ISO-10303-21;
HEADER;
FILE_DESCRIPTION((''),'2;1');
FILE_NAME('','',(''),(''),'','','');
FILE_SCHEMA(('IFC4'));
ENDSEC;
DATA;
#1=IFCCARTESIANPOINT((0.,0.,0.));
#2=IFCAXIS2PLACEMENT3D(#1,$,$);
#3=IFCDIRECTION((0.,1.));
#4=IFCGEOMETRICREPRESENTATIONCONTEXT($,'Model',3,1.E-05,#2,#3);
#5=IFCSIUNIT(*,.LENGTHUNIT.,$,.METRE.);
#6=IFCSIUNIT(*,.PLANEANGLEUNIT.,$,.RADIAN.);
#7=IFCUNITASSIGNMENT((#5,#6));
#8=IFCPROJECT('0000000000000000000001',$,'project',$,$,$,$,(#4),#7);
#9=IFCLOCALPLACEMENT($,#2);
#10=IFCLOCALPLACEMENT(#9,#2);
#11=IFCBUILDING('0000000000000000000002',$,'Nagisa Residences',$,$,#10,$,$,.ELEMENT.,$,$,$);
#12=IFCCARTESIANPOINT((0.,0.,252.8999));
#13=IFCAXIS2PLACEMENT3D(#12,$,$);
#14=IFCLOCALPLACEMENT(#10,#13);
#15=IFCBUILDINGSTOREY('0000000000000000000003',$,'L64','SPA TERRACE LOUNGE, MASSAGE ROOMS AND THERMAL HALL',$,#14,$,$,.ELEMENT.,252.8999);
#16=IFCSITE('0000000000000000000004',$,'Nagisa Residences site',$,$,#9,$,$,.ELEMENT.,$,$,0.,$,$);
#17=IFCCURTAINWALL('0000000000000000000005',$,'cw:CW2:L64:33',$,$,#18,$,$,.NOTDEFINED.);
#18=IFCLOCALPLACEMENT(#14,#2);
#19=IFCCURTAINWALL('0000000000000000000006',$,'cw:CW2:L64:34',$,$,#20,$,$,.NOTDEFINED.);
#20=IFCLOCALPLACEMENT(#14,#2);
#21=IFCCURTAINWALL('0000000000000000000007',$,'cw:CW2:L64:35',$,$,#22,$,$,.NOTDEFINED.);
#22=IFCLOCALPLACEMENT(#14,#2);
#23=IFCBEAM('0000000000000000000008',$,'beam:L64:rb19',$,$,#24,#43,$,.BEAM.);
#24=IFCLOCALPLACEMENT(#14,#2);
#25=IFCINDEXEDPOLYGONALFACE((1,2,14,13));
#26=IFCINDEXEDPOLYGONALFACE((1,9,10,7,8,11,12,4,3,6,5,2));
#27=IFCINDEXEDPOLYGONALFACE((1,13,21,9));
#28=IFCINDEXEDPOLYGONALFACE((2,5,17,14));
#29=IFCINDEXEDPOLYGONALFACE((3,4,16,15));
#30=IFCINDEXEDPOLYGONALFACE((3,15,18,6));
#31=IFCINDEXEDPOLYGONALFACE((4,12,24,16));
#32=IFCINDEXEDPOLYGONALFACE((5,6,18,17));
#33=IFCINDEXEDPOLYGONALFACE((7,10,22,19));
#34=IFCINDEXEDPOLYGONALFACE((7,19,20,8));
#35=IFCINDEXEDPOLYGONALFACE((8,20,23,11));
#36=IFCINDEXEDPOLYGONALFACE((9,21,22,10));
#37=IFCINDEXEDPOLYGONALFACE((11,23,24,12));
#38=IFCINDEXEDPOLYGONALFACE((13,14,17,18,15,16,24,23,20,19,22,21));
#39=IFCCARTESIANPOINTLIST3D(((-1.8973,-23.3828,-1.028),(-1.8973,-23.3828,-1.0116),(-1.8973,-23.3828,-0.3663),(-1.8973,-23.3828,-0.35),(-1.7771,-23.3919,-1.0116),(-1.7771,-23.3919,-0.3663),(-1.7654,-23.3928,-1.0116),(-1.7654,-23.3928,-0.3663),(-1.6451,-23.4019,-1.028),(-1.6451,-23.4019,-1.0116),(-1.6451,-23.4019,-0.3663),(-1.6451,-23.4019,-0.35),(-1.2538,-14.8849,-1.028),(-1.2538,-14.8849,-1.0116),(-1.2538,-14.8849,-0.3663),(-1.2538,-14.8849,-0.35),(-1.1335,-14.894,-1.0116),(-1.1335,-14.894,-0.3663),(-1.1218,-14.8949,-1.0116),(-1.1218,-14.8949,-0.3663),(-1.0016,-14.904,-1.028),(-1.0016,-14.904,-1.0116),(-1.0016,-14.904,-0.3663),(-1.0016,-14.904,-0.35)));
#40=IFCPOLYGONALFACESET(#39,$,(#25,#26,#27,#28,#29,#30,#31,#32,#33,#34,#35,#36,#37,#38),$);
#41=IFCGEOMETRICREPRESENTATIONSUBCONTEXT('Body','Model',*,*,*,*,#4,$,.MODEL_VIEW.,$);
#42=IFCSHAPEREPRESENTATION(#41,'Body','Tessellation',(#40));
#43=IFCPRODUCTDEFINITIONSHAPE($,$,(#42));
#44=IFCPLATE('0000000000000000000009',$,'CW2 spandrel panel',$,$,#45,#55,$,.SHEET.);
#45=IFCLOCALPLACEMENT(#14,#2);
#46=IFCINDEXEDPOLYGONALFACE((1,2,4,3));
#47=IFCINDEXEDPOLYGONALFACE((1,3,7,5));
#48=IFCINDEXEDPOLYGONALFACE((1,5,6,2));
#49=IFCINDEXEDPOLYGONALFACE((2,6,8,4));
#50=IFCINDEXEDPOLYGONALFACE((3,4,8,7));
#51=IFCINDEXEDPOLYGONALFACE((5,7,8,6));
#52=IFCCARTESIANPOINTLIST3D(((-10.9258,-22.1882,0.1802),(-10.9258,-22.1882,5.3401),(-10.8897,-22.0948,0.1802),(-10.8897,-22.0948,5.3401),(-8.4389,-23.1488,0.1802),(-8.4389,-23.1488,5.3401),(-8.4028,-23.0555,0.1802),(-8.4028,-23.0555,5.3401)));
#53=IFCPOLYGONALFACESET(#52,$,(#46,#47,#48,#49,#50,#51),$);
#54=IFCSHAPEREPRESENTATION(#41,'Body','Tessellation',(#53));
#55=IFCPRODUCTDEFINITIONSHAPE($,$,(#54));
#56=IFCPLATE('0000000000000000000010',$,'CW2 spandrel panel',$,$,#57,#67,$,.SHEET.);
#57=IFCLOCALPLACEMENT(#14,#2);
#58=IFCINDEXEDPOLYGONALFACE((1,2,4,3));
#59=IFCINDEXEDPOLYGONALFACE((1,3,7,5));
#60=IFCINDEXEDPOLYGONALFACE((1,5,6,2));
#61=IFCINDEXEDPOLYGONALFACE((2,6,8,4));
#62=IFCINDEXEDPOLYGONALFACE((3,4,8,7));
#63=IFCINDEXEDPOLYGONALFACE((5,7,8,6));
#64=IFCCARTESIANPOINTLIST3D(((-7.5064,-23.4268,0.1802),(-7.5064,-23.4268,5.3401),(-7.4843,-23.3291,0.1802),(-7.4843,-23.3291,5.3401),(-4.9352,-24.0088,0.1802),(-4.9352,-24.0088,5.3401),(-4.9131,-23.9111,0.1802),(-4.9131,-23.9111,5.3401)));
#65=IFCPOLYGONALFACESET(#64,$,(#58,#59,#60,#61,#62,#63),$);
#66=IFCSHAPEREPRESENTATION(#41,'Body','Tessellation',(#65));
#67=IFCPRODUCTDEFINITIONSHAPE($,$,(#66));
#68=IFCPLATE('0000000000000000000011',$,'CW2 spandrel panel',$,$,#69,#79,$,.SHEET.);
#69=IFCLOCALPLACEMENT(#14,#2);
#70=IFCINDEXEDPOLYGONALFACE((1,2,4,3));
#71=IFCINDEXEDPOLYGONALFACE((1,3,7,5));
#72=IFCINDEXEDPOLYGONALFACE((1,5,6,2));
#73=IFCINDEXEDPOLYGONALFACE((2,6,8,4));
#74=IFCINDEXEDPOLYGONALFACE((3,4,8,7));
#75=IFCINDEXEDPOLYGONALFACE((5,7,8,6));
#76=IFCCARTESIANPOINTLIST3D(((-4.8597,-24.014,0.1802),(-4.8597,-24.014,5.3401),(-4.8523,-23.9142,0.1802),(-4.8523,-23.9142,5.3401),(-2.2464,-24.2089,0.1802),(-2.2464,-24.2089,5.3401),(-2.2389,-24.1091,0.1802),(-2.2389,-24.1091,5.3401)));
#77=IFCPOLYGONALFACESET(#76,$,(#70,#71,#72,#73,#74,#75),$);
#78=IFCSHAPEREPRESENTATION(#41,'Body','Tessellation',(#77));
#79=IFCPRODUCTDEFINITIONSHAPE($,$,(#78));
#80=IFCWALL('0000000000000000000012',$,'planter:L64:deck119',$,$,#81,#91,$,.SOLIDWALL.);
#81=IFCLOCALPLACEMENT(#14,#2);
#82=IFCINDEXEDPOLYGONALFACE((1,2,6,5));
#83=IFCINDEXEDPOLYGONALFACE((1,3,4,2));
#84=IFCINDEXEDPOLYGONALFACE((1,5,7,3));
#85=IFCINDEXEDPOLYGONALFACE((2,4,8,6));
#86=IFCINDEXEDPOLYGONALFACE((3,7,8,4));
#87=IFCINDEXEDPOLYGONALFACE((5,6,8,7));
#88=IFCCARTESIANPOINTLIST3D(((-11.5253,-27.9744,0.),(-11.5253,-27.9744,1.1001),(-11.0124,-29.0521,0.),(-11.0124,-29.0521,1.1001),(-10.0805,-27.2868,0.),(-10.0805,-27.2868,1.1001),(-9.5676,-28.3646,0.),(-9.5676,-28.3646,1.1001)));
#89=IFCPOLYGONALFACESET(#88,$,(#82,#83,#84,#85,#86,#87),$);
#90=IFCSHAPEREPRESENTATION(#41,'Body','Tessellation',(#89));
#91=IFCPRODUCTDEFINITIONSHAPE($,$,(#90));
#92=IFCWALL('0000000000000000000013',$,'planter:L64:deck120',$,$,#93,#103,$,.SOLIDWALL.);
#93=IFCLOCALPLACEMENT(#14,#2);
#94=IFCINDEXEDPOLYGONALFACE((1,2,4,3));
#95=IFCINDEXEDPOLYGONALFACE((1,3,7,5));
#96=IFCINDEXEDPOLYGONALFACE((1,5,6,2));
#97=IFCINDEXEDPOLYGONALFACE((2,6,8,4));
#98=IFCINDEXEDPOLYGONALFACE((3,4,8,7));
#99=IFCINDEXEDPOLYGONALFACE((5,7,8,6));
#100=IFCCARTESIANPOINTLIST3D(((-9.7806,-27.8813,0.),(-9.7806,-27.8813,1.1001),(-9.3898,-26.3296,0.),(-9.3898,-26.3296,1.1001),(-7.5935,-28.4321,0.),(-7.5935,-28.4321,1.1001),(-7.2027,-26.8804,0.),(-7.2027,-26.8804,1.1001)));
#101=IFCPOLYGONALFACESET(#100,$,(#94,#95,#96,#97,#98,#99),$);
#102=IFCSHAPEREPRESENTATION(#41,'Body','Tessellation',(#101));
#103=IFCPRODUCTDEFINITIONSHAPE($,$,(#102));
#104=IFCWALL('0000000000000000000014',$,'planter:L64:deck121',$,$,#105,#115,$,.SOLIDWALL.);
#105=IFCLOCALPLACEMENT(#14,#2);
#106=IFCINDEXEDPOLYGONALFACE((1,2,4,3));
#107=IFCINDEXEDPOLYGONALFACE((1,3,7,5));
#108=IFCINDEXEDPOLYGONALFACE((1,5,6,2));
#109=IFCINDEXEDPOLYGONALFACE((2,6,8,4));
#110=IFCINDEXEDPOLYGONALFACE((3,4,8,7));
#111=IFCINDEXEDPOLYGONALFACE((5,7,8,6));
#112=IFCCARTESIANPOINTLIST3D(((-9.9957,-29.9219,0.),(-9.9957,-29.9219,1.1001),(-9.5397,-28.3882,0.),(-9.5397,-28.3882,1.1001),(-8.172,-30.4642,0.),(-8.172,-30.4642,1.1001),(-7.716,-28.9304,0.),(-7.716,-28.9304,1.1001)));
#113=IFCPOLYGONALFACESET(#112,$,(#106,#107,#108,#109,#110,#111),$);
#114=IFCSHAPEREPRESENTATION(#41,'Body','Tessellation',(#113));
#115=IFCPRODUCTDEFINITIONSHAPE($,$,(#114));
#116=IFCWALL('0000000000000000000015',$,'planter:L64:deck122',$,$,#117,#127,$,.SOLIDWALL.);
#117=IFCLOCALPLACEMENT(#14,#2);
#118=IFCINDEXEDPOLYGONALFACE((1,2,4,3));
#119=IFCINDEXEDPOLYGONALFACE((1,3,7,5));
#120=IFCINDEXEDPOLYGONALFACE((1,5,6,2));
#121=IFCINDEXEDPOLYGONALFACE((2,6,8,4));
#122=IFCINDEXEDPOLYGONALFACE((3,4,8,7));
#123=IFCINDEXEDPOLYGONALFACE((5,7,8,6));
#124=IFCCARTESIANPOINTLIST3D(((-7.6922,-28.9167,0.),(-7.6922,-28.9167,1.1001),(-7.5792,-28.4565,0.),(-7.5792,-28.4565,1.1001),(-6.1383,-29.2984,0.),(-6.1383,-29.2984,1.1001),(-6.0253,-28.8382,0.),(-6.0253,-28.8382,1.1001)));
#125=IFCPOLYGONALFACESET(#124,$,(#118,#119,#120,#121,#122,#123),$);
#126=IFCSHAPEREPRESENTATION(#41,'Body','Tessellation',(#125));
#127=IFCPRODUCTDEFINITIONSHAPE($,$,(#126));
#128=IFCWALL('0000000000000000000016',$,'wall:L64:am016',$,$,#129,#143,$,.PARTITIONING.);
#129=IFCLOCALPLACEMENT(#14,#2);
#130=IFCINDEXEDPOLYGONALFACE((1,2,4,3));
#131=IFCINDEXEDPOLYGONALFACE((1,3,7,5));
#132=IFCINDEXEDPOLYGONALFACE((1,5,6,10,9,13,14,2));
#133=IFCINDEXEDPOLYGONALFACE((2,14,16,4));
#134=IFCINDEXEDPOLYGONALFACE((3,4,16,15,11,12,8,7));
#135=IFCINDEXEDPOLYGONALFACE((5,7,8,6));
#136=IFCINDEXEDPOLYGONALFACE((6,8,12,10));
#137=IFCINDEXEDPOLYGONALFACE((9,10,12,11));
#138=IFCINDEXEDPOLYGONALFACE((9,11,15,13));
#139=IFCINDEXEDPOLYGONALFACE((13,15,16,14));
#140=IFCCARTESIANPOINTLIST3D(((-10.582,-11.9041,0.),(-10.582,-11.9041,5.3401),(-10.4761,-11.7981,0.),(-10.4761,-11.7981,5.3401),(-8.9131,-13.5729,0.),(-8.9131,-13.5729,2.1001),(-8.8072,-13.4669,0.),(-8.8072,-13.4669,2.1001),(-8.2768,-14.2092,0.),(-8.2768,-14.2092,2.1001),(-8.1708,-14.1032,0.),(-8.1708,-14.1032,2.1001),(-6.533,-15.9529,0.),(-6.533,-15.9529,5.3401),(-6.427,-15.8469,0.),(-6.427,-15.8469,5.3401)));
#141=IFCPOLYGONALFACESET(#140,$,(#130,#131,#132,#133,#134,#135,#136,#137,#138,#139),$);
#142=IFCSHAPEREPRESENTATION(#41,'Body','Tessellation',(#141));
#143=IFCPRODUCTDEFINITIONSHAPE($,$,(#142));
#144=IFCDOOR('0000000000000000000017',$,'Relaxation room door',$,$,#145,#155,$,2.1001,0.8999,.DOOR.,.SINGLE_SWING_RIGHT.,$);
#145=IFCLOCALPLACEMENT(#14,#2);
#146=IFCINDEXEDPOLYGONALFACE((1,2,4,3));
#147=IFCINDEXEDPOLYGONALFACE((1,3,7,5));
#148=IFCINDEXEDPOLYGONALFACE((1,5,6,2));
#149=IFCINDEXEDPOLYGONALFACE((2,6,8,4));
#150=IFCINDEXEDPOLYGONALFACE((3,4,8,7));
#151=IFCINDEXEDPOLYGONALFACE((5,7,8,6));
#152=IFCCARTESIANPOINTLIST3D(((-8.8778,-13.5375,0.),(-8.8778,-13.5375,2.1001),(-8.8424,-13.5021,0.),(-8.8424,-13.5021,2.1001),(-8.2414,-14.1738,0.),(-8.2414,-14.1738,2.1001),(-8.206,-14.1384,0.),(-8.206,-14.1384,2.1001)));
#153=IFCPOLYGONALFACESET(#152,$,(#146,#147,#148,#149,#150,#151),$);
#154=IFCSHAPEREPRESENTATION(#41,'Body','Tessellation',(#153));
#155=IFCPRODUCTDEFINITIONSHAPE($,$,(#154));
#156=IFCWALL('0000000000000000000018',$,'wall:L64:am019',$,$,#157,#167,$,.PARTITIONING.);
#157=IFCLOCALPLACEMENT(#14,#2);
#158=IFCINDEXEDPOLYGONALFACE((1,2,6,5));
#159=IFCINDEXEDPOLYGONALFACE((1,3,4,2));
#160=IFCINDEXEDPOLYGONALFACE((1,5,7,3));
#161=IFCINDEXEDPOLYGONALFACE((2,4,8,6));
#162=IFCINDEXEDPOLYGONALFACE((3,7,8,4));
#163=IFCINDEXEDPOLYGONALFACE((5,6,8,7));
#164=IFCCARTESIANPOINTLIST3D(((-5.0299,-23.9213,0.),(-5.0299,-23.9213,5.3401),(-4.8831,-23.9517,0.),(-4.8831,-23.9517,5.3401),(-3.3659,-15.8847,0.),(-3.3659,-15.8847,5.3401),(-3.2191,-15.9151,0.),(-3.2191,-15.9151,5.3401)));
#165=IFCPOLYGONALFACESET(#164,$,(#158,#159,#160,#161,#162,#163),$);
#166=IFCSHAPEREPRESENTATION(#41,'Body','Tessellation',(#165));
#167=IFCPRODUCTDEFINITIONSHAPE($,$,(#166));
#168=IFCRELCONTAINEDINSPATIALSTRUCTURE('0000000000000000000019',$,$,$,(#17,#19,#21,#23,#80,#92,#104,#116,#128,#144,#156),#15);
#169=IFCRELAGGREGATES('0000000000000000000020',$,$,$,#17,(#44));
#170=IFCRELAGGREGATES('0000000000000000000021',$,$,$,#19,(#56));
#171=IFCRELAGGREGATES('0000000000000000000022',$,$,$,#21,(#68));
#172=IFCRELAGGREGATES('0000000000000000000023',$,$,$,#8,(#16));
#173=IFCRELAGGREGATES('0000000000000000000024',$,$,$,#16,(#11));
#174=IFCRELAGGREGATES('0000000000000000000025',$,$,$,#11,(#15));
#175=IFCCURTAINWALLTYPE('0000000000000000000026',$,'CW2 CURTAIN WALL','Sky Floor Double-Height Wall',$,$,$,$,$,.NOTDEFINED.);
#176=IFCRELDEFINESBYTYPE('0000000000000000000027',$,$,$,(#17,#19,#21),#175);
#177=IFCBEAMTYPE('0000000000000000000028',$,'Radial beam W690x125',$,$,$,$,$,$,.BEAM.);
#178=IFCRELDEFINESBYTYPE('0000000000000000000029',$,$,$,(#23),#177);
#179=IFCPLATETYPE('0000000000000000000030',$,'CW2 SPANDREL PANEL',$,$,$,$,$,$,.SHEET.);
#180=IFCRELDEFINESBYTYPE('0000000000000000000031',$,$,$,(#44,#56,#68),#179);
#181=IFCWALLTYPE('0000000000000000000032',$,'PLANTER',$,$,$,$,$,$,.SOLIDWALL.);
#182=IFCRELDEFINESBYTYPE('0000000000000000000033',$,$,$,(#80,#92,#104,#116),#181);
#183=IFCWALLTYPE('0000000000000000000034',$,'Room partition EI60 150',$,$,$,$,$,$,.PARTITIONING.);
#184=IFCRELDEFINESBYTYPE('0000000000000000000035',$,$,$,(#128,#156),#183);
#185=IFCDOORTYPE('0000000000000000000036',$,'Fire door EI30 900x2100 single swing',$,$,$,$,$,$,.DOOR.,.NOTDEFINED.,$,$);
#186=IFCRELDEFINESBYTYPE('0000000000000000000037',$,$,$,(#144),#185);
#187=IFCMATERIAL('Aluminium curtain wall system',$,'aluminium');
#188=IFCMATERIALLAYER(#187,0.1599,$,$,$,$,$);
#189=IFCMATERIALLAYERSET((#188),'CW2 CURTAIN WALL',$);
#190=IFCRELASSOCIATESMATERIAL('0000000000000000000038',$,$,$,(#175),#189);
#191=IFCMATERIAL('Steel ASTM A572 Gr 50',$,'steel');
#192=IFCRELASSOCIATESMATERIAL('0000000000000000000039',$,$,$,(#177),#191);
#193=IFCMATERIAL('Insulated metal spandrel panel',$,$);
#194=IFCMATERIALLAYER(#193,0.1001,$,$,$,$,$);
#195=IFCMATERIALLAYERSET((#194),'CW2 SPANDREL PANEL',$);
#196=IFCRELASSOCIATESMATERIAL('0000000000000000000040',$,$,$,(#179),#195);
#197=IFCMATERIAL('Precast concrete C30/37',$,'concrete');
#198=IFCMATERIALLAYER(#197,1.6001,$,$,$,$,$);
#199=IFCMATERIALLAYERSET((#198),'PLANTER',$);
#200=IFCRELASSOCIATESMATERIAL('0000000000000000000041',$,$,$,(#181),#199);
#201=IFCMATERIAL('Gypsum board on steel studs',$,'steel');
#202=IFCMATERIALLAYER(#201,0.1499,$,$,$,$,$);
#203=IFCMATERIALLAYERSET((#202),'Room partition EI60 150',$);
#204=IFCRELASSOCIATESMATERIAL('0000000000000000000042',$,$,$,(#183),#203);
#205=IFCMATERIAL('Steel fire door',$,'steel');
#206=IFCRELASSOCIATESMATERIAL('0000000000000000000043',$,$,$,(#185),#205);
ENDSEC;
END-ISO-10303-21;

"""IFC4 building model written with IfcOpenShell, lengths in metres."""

from ifc_helpers import new_model, si_unit, direction, frame, frame_2d, origin, origin_2d, place, context, subcontext, project, spatial, rectangle, i_section, extrude, material, layer, layer_set, material_profile, profile_set, type_object, element, fill, aggregate, save


model = new_model("IFC4")

# Units and contexts
model_context = context("Model", 3, precision=1e-05, world=origin(), true_north=direction((0.0, 1.0)))
body_context = subcontext(model_context, "Body", "Model", "MODEL_VIEW")
ifc_project = project(units=[si_unit("LENGTHUNIT", "METRE"), si_unit("PLANEANGLEUNIT", "RADIAN")], contexts=[model_context])

# Site, building, storey
site_placement = place(None, origin())
site = spatial("IfcSite", under=ifc_project, at=site_placement, Name="Nagisa Residences site", CompositionType="ELEMENT", RefElevation=0.0)
building_placement = place(site_placement, origin())
building = spatial("IfcBuilding", under=site, at=building_placement, Name="Nagisa Residences", CompositionType="ELEMENT")
storey_placement = place(building_placement, frame((0.0, 0.0, 252.8999)))
storey = spatial("IfcBuildingStorey", under=building, at=storey_placement, Name="L64", Description="SPA TERRACE LOUNGE, MASSAGE ROOMS AND THERMAL HALL", CompositionType="ELEMENT", Elevation=252.8999)

# Curtain walls
ifc_material_1 = material(Name="Aluminium curtain wall system", Category="aluminium")
ifc_layer_1 = layer(ifc_material_1, 0.1599)
ifc_layer_set_1 = layer_set([ifc_layer_1], Name="CW2 CURTAIN WALL")
curtain_wall_type = type_object("IfcCurtainWallType", Name="CW2 CURTAIN WALL", Description="Sky Floor Double-Height Wall", PredefinedType="NOTDEFINED", material=ifc_layer_set_1)
curtain_wall_1_placement = place(storey_placement, origin())
curtain_wall_1 = element("IfcCurtainWall", 1, at=curtain_wall_1_placement, inside=storey, type_object=curtain_wall_type, Name="cw:CW2:L64:33", PredefinedType="NOTDEFINED")
curtain_wall_2_placement = place(storey_placement, origin())
curtain_wall_2 = element("IfcCurtainWall", 2, at=curtain_wall_2_placement, inside=storey, type_object=curtain_wall_type, Name="cw:CW2:L64:34", PredefinedType="NOTDEFINED")
curtain_wall_3_placement = place(storey_placement, origin())
curtain_wall_3 = element("IfcCurtainWall", 3, at=curtain_wall_3_placement, inside=storey, type_object=curtain_wall_type, Name="cw:CW2:L64:35", PredefinedType="NOTDEFINED")

# Beam
ifc_material_2 = material(Name="Steel ASTM A572 Gr 50", Category="steel")
ifc_material_profile_1 = material_profile(ifc_material_2, i_section(OverallWidth=0.2529, OverallDepth=0.678, WebThickness=0.0117, FlangeThickness=0.0164, at=origin_2d()), Name="W690x125")
ifc_profile_set_1 = profile_set([ifc_material_profile_1], Name="Steel ASTM A572 Gr 50")
beam_type_1 = type_object("IfcBeamType", Name="Radial beam W690x125", PredefinedType="BEAM", material=ifc_profile_set_1)
beam_1_placement = place(storey_placement, frame((-1.7712, -23.3923, -0.689), z_axis=(0.075516, 0.997145, 0.0), x_axis=(-0.997145, 0.075516, 0.0)))
element("IfcBeam", 4, at=beam_1_placement, inside=storey, type_object=beam_type_1, Name="beam:L64:rb19", PredefinedType="BEAM", context=body_context, shape_type="SweptSolid", body=[
    extrude(i_section(OverallWidth=0.2529, OverallDepth=0.678, WebThickness=0.0117, FlangeThickness=0.0164, at=origin_2d()), origin(), (0.0, 0.0, 1.0), 8.5222),
])

# Plates
ifc_material_3 = material(Name="Insulated metal spandrel panel")
ifc_layer_2 = layer(ifc_material_3, 0.1001)
ifc_layer_set_2 = layer_set([ifc_layer_2], Name="CW2 SPANDREL PANEL")
plate_type = type_object("IfcPlateType", Name="CW2 SPANDREL PANEL", PredefinedType="SHEET", material=ifc_layer_set_2)
plate_1_placement = place(storey_placement, frame((-9.6643, -22.6218, 0.1802), z_axis=(0.0, 0.0, 1.0), x_axis=(0.932826, -0.360328, 0.0)))
plate_1 = element("IfcPlate", 5, at=plate_1_placement, type_object=plate_type, Name="CW2 spandrel panel", PredefinedType="SHEET", context=body_context, shape_type="SweptSolid", body=[
    extrude(rectangle(XDim=2.666, YDim=0.1001, at=origin_2d()), origin(), (0.0, 0.0, 1.0), 5.1599),
])
aggregate(curtain_wall_1, [plate_1])
plate_2_placement = place(storey_placement, frame((-6.2097, -23.6689, 0.1802), z_axis=(0.0, 0.0, 1.0), x_axis=(0.975327, -0.220764, 0.0)))
plate_2 = element("IfcPlate", 6, at=plate_2_placement, type_object=plate_type, Name="CW2 spandrel panel", PredefinedType="SHEET", context=body_context, shape_type="SweptSolid", body=[
    extrude(rectangle(XDim=2.6362, YDim=0.1001, at=origin_2d()), origin(), (0.0, 0.0, 1.0), 5.1599),
])
aggregate(curtain_wall_2, [plate_2])
plate_3_placement = place(storey_placement, frame((-3.5493, -24.0615, 0.1802), z_axis=(0.0, 0.0, 1.0), x_axis=(0.99723, -0.074377, 0.0)))
plate_3 = element("IfcPlate", 7, at=plate_3_placement, type_object=plate_type, Name="CW2 spandrel panel", PredefinedType="SHEET", context=body_context, shape_type="SweptSolid", body=[
    extrude(rectangle(XDim=2.6206, YDim=0.1001, at=origin_2d()), origin(), (0.0, 0.0, 1.0), 5.1599),
])
aggregate(curtain_wall_3, [plate_3])

# Walls
ifc_material_4 = material(Name="Precast concrete C30/37", Category="concrete")
ifc_layer_3 = layer(ifc_material_4, 1.6001)
ifc_layer_set_3 = layer_set([ifc_layer_3], Name="PLANTER")
wall_type_1 = type_object("IfcWallType", Name="PLANTER", PredefinedType="SOLIDWALL", material=ifc_layer_set_3)
wall_1_placement = place(storey_placement, frame((-10.29, -28.7083, 0.0), z_axis=(0.0, 0.0, 1.0), x_axis=(-0.429703, 0.90297, 0.0)))
element("IfcWall", 8, at=wall_1_placement, inside=storey, type_object=wall_type_1, Name="planter:L64:deck119", PredefinedType="SOLIDWALL", context=body_context, shape_type="SweptSolid", body=[
    extrude(rectangle(XDim=1.1936, YDim=1.6001, at=frame_2d((0.5967, 0.0))), origin(), (0.0, 0.0, 1.0), 1.1001),
])
wall_2_placement = place(storey_placement, frame((-9.5852, -27.1055, 0.0), z_axis=(0.0, 0.0, 1.0), x_axis=(0.969721, -0.244216, 0.0)))
element("IfcWall", 9, at=wall_2_placement, inside=storey, type_object=wall_type_1, Name="planter:L64:deck120", PredefinedType="SOLIDWALL", context=body_context, shape_type="SweptSolid", body=[
    extrude(rectangle(XDim=2.2554, YDim=1.6001, at=frame_2d((1.1277, 0.0))), origin(), (0.0, 0.0, 1.0), 1.1001),
])
wall_3_placement = place(storey_placement, frame((-7.9441, -29.6973, 0.0), z_axis=(0.0, 0.0, 1.0), x_axis=(-0.95853, 0.284993, 0.0)))
element("IfcWall", 10, at=wall_3_placement, inside=storey, type_object=wall_type_1, Name="planter:L64:deck121", PredefinedType="SOLIDWALL", context=body_context, shape_type="SweptSolid", body=[
    extrude(rectangle(XDim=1.9026, YDim=1.6001, at=frame_2d((0.9512, 0.0))), origin(), (0.0, 0.0, 1.0), 1.1001),
])
wall_4_placement = place(storey_placement, frame((-6.8022, -28.6475, 0.0), z_axis=(0.0, 0.0, 1.0), x_axis=(-0.238533, -0.971134, 0.0)))
element("IfcWall", 11, at=wall_4_placement, inside=storey, type_object=wall_type_1, Name="planter:L64:deck122", PredefinedType="SOLIDWALL", context=body_context, shape_type="SweptSolid", body=[
    extrude(rectangle(XDim=0.4739, YDim=1.6001, at=frame_2d((0.2368, 0.0))), origin(), (0.0, 0.0, 1.0), 1.1001),
])

# Wall, opening, door
ifc_material_5 = material(Name="Gypsum board on steel studs", Category="steel")
ifc_layer_4 = layer(ifc_material_5, 0.1499)
ifc_layer_set_4 = layer_set([ifc_layer_4], Name="Room partition EI60 150")
wall_type_2 = type_object("IfcWallType", Name="Room partition EI60 150", PredefinedType="PARTITIONING", material=ifc_layer_set_4)
wall_5_placement = place(storey_placement, frame((-6.48, -15.8999, 0.0), z_axis=(0.0, 0.0, 1.0), x_axis=(-0.707128, 0.707085, 0.0)))
wall_5 = element("IfcWall", 12, at=wall_5_placement, inside=storey, type_object=wall_type_2, Name="wall:L64:am016", PredefinedType="PARTITIONING", context=body_context, shape_type="SweptSolid", body=[
    extrude(rectangle(XDim=5.7261, YDim=0.1499, at=frame_2d((2.863, 0.0))), origin(), (0.0, 0.0, 1.0), 5.3401),
])
opening_placement = place(wall_5_placement, frame((2.4661, 0.0, 0.0)))
opening = element("IfcOpeningElement", 13, at=opening_placement, cuts=wall_5, PredefinedType="OPENING", context=body_context, shape_type="SweptSolid", body=[
    extrude(rectangle(XDim=0.8999, YDim=2.1001, at=frame_2d((0.45, 1.05))), frame((0.0, 0.085, 0.0), z_axis=(0.0, -1.0, 0.0), x_axis=(1.0, 0.0, 0.0)), (0.0, 0.0, 1.0), 0.1699),
])
ifc_material_6 = material(Name="Steel fire door", Category="steel")
door_type = type_object("IfcDoorType", Name="Fire door EI30 900x2100 single swing", OperationType="NOTDEFINED", PredefinedType="DOOR", material=ifc_material_6)
door_placement = place(opening_placement, origin())
door = element("IfcDoor", 14, at=door_placement, inside=storey, type_object=door_type, Name="Relaxation room door", OperationType="SINGLE_SWING_RIGHT", OverallHeight=2.1001, OverallWidth=0.8999, PredefinedType="DOOR", context=body_context, shape_type="SweptSolid", body=[
    extrude(rectangle(XDim=0.8999, YDim=2.1001, at=frame_2d((0.45, 1.05))), frame((0.0, 0.0249, 0.0), z_axis=(0.0, -1.0, 0.0), x_axis=(1.0, 0.0, 0.0)), (0.0, 0.0, 1.0), 0.05),
])
fill(opening, door)

# Wall
wall_6_placement = place(storey_placement, frame((-3.2925, -15.8999, 0.0), z_axis=(0.0, 0.0, 1.0), x_axis=(-0.202759, -0.979229, 0.0)))
element("IfcWall", 15, at=wall_6_placement, inside=storey, type_object=wall_type_2, Name="wall:L64:am019", PredefinedType="PARTITIONING", context=body_context, shape_type="SweptSolid", body=[
    extrude(rectangle(XDim=8.207, YDim=0.1499, at=frame_2d((4.1035, 0.0))), origin(), (0.0, 0.0, 1.0), 5.3401),
])

save(model, "model.ifc")
